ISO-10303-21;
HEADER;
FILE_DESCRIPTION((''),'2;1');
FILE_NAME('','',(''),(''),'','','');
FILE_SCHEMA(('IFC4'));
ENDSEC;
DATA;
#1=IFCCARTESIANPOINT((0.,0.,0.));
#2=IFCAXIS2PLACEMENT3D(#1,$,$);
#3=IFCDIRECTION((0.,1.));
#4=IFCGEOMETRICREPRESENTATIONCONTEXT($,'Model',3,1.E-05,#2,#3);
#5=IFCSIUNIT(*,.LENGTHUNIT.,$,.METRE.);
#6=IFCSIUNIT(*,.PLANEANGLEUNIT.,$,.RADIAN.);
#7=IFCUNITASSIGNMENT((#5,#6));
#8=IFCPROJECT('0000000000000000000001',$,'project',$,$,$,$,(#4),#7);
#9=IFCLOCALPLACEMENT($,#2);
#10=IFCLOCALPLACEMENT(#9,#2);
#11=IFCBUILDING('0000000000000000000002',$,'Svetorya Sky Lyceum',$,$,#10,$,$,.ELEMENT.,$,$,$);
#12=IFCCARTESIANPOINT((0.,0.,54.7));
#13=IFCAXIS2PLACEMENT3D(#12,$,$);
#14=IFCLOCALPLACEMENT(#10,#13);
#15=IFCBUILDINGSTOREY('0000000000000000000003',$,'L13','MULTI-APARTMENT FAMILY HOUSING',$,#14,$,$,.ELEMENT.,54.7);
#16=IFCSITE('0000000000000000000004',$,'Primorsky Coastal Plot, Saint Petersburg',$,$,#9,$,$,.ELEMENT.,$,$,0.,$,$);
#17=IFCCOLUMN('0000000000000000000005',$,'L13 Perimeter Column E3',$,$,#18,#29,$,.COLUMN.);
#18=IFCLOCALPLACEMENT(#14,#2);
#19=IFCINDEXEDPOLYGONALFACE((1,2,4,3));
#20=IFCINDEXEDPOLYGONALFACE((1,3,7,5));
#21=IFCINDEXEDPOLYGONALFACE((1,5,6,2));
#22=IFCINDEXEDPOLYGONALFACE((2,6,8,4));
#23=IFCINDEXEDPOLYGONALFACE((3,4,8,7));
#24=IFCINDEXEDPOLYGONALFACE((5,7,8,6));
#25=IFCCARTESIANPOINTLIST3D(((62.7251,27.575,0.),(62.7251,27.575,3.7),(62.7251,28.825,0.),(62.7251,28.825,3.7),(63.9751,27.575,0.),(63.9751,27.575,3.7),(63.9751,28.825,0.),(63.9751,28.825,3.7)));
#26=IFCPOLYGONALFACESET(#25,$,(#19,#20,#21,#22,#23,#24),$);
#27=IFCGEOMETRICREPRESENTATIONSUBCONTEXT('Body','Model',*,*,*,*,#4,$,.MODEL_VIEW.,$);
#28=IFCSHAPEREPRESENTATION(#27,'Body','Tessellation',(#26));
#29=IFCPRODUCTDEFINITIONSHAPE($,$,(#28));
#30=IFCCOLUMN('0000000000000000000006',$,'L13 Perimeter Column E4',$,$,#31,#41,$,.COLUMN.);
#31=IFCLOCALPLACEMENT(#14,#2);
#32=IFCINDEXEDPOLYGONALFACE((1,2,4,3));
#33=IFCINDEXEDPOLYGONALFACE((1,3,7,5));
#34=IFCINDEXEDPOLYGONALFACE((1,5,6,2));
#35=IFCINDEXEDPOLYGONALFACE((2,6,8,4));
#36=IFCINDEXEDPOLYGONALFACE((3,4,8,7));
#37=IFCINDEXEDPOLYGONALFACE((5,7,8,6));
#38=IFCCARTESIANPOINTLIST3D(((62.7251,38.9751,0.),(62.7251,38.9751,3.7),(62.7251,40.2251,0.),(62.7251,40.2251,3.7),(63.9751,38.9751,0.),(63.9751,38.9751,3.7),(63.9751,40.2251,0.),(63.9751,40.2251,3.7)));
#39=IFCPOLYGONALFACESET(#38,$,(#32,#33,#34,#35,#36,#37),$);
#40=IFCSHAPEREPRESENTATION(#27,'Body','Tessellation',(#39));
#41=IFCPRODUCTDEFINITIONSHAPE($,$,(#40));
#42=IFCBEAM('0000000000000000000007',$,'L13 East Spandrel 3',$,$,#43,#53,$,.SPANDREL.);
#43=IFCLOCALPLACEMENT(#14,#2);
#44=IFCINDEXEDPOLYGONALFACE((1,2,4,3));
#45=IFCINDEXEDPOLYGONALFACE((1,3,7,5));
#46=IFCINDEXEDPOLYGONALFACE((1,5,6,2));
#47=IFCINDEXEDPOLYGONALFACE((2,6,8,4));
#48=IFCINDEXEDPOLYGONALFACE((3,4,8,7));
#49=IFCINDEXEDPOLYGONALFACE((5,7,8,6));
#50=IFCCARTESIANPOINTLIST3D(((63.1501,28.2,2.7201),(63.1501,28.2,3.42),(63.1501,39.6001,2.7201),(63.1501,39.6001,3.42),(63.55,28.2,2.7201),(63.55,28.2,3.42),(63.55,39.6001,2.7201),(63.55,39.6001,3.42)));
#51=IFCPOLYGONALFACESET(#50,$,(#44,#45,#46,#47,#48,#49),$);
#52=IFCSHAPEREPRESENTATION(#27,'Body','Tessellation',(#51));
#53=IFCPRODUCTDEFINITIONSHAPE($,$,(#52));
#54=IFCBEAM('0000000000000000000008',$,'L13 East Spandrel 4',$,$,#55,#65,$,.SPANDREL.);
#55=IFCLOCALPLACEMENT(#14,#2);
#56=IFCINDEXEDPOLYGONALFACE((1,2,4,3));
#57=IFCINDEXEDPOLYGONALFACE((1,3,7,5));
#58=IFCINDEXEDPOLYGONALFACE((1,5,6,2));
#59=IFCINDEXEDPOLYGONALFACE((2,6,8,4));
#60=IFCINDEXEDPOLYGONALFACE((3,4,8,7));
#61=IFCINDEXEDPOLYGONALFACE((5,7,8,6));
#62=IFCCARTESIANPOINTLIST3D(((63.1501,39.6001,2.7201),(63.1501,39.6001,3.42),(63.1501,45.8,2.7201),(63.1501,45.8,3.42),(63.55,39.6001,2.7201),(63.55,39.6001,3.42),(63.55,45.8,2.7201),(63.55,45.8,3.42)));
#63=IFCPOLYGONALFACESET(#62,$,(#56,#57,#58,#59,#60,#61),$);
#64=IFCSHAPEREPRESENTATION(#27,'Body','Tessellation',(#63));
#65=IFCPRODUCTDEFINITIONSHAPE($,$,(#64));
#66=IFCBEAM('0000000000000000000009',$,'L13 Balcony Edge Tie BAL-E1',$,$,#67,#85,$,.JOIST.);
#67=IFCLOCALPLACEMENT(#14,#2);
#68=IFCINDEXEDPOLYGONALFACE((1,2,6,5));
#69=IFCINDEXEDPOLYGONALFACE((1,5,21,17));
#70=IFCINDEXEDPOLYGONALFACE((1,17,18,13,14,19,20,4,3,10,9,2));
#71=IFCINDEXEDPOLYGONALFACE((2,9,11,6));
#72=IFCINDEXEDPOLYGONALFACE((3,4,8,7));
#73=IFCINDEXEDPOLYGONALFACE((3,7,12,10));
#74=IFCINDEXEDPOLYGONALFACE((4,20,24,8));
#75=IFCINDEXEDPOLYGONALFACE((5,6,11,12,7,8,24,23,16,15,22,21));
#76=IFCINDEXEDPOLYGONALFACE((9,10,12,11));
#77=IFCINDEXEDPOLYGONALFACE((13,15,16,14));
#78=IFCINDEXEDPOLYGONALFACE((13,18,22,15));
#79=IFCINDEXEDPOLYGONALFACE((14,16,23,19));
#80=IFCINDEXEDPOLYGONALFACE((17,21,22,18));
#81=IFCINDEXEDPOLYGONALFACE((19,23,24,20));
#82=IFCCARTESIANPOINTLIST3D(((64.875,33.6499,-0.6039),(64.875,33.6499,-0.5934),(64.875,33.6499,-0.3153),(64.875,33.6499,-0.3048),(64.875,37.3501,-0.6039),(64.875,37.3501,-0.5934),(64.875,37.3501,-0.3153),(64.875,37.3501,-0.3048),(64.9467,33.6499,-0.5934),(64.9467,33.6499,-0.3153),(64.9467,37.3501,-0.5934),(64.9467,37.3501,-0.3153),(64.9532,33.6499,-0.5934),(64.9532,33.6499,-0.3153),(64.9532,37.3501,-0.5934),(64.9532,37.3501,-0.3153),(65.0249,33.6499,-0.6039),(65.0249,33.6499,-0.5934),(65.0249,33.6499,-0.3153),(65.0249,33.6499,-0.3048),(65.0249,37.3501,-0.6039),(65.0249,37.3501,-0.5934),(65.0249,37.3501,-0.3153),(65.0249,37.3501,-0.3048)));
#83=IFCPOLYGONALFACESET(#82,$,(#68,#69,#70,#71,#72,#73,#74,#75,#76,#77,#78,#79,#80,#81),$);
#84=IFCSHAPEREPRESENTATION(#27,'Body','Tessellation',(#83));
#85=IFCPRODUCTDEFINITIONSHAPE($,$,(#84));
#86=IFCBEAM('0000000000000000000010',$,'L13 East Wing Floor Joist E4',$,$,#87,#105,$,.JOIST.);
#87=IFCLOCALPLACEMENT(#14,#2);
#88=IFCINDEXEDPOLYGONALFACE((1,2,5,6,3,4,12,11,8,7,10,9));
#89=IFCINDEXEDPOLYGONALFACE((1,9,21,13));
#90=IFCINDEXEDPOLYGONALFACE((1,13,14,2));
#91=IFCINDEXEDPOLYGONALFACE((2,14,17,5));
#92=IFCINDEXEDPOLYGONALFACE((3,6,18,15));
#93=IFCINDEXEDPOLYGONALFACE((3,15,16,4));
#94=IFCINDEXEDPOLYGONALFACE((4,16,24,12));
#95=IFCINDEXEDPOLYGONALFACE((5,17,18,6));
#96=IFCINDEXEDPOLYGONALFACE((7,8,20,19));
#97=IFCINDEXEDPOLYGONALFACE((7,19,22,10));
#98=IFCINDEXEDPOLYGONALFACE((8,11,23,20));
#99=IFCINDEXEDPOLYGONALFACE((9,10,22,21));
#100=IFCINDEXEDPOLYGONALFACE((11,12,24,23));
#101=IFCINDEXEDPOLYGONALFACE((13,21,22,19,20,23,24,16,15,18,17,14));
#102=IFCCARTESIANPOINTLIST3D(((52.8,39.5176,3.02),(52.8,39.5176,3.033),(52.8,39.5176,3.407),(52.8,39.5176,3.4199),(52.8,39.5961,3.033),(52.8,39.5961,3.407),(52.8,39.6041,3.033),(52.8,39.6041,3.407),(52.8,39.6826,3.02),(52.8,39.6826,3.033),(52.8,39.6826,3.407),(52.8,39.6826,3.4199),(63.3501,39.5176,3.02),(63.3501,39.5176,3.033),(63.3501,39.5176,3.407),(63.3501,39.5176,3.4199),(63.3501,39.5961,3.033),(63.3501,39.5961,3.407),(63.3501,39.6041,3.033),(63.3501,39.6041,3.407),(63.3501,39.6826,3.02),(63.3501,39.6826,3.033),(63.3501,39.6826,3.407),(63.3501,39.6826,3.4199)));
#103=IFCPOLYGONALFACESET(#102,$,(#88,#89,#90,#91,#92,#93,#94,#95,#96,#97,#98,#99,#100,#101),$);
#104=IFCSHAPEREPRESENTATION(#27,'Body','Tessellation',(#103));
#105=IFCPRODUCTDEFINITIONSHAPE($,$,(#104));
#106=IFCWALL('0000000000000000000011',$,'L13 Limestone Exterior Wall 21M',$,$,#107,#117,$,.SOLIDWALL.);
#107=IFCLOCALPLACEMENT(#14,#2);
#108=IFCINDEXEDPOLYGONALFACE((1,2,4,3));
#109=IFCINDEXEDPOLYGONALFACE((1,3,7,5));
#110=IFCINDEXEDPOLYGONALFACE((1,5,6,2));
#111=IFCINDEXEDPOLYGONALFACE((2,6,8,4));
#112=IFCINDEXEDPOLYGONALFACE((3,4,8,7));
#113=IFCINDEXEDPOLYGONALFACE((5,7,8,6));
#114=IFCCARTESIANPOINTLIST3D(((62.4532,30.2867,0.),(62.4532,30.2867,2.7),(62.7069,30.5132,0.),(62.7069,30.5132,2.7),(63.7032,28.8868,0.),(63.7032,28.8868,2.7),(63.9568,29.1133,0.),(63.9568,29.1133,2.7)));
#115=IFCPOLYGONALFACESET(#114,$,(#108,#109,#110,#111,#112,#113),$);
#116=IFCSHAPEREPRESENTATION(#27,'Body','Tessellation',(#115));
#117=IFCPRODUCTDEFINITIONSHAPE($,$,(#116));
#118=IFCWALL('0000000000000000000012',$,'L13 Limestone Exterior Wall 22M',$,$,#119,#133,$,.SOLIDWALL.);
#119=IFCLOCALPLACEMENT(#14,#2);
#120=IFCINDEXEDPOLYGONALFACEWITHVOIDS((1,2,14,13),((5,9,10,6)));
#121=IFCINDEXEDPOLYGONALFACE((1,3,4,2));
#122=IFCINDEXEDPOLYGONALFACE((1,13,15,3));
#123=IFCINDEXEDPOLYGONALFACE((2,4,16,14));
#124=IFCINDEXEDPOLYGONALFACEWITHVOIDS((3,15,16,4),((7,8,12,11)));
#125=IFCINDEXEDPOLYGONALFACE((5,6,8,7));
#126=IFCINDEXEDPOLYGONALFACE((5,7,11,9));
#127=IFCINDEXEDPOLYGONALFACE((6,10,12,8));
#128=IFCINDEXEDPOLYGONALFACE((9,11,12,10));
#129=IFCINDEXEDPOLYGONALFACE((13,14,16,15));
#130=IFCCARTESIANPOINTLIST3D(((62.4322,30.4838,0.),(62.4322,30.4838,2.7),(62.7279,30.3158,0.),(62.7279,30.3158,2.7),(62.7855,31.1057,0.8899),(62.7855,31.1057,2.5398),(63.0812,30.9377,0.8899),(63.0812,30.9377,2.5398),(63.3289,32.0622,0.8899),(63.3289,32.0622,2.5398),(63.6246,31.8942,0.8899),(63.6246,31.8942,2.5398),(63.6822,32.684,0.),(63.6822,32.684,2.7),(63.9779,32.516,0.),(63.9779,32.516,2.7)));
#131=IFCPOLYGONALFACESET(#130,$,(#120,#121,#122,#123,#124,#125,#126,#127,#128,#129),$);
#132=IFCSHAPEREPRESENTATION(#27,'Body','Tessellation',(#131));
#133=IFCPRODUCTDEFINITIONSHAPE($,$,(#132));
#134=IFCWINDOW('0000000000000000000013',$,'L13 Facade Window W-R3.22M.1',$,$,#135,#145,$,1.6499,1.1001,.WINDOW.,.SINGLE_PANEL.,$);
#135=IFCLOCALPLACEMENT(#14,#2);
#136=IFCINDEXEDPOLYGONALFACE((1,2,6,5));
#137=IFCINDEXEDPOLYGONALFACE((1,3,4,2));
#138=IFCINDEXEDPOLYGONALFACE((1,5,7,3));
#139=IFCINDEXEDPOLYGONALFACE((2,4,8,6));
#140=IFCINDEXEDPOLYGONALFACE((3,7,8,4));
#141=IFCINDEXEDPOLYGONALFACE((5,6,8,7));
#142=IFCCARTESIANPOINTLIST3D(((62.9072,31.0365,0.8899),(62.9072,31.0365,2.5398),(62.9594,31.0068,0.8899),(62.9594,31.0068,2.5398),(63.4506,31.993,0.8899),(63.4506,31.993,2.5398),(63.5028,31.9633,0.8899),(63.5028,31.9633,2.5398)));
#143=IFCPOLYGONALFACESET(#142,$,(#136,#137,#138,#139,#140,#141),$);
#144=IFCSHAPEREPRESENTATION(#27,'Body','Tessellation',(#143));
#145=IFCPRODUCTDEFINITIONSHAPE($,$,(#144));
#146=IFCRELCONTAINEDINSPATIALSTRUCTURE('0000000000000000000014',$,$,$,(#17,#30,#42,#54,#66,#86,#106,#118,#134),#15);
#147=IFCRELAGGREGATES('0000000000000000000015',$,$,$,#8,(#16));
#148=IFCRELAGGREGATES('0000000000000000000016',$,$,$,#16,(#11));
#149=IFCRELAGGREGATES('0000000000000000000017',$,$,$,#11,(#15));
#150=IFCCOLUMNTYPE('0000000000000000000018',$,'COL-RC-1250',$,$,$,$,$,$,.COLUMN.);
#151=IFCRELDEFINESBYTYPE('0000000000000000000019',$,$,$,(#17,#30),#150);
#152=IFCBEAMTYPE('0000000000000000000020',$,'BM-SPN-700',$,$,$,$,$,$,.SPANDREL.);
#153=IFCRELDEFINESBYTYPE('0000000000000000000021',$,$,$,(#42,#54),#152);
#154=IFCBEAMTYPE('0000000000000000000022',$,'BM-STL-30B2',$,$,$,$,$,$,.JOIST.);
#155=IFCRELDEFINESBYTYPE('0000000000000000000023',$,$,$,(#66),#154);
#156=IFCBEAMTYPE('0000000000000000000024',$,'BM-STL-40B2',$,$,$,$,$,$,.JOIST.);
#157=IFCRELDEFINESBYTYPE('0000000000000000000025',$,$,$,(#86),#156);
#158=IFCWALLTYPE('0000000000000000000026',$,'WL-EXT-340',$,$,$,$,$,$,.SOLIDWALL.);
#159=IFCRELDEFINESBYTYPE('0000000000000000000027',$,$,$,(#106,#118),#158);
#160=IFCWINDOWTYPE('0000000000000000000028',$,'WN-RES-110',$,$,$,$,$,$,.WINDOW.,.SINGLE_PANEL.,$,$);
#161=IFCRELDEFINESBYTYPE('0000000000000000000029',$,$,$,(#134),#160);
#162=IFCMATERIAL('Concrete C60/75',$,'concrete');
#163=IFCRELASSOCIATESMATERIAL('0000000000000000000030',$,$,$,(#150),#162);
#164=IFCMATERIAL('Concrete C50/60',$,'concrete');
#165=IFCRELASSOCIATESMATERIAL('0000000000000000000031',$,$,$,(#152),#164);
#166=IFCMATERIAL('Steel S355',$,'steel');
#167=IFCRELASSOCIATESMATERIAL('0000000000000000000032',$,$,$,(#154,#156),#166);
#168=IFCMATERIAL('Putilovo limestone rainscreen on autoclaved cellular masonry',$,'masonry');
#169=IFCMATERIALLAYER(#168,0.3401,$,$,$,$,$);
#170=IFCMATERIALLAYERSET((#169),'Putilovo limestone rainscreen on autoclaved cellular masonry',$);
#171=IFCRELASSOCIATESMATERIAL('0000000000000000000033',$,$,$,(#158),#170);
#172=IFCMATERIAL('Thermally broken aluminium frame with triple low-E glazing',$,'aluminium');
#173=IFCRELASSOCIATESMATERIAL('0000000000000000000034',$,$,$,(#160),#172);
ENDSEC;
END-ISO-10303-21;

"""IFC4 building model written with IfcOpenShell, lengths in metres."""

from ifc_helpers import new_model, si_unit, direction, frame, frame_2d, origin, origin_2d, place, context, subcontext, project, spatial, rectangle, i_section, extrude, material, layer, layer_set, material_profile, profile_set, type_object, element, fill, save


model = new_model("IFC4")

# Units and contexts
model_context = context("Model", 3, precision=1e-05, world=origin(), true_north=direction((0.0, 1.0)))
body_context = subcontext(model_context, "Body", "Model", "MODEL_VIEW")
ifc_project = project(units=[si_unit("LENGTHUNIT", "METRE"), si_unit("PLANEANGLEUNIT", "RADIAN")], contexts=[model_context])

# Site, building, storey
site_placement = place(None, origin())
site = spatial("IfcSite", under=ifc_project, at=site_placement, Name="Primorsky Coastal Plot, Saint Petersburg", CompositionType="ELEMENT", RefElevation=0.0)
building_placement = place(site_placement, origin())
building = spatial("IfcBuilding", under=site, at=building_placement, Name="Svetorya Sky Lyceum", CompositionType="ELEMENT")
storey_placement = place(building_placement, frame((0.0, 0.0, 54.7)))
storey = spatial("IfcBuildingStorey", under=building, at=storey_placement, Name="L13", Description="MULTI-APARTMENT FAMILY HOUSING", CompositionType="ELEMENT", Elevation=54.7)

# Columns
ifc_material_1 = material(Name="Concrete C60/75", Category="concrete")
ifc_material_profile_1 = material_profile(ifc_material_1, rectangle(XDim=1.25, YDim=1.25, at=origin_2d()), Name="RC COL 1250x1250")
ifc_profile_set_1 = profile_set([ifc_material_profile_1], Name="Concrete C60/75")
column_type = type_object("IfcColumnType", Name="COL-RC-1250", PredefinedType="COLUMN", material=ifc_profile_set_1)
for number, where, z_axis, x_axis, name in (
    (1, (63.3501, 28.2, 0.0), (0.0, 0.0, 1.0), (1.0, 0.0, 0.0), "L13 Perimeter Column E3"),
    (2, (63.3501, 39.6001, 0.0), (0.0, 0.0, 1.0), (1.0, 0.0, 0.0), "L13 Perimeter Column E4"),
):
    element("IfcColumn", number, at=place(storey_placement, frame(where, z_axis=z_axis, x_axis=x_axis)), inside=storey, type_object=column_type, Name=name, PredefinedType="COLUMN", context=body_context, shape_type="SweptSolid", body=[
        extrude(rectangle(XDim=1.25, YDim=1.25, at=origin_2d()), origin(), (0.0, 0.0, 1.0), 3.7),
    ])

# Beams
ifc_material_2 = material(Name="Concrete C50/60", Category="concrete")
ifc_material_profile_2 = material_profile(ifc_material_2, rectangle(XDim=0.3999, YDim=0.7, at=origin_2d()), Name="RC SPANDREL 400x700")
ifc_profile_set_2 = profile_set([ifc_material_profile_2], Name="Concrete C50/60")
beam_type_1 = type_object("IfcBeamType", Name="BM-SPN-700", PredefinedType="SPANDREL", material=ifc_profile_set_2)
beam_1_placement = place(storey_placement, frame((63.3501, 28.2, 3.0701), z_axis=(0.0, 1.0, 0.0), x_axis=(-1.0, 0.0, 0.0)))
element("IfcBeam", 3, at=beam_1_placement, inside=storey, type_object=beam_type_1, Name="L13 East Spandrel 3", PredefinedType="SPANDREL", context=body_context, shape_type="SweptSolid", body=[
    extrude(rectangle(XDim=0.3999, YDim=0.7, at=origin_2d()), origin(), (0.0, 0.0, 1.0), 11.4001),
])
beam_2_placement = place(storey_placement, frame((63.3501, 39.6001, 3.0701), z_axis=(0.0, 1.0, 0.0), x_axis=(-1.0, 0.0, 0.0)))
element("IfcBeam", 4, at=beam_2_placement, inside=storey, type_object=beam_type_1, Name="L13 East Spandrel 4", PredefinedType="SPANDREL", context=body_context, shape_type="SweptSolid", body=[
    extrude(rectangle(XDim=0.3999, YDim=0.7, at=origin_2d()), origin(), (0.0, 0.0, 1.0), 6.2),
])
ifc_material_3 = material(Name="Steel S355", Category="steel")
ifc_material_profile_3 = material_profile(ifc_material_3, i_section(OverallWidth=0.1499, OverallDepth=0.2991, WebThickness=0.0066, FlangeThickness=0.0105, at=origin_2d()), Name="GOST 30B2")
ifc_profile_set_3 = profile_set([ifc_material_profile_3], Name="Steel S355")
beam_type_2 = type_object("IfcBeamType", Name="BM-STL-30B2", PredefinedType="JOIST", material=ifc_profile_set_3)
beam_3_placement = place(storey_placement, frame((64.95, 33.6499, -0.4543), z_axis=(0.0, 1.0, 0.0), x_axis=(-1.0, 0.0, 0.0)))
element("IfcBeam", 5, at=beam_3_placement, inside=storey, type_object=beam_type_2, Name="L13 Balcony Edge Tie BAL-E1", PredefinedType="JOIST", context=body_context, shape_type="SweptSolid", body=[
    extrude(i_section(OverallWidth=0.1499, OverallDepth=0.2991, WebThickness=0.0066, FlangeThickness=0.0105, at=origin_2d()), origin(), (0.0, 0.0, 1.0), 3.7002),
])
ifc_material_profile_4 = material_profile(ifc_material_3, i_section(OverallWidth=0.165, OverallDepth=0.3999, WebThickness=0.0081, FlangeThickness=0.0129, at=origin_2d()), Name="GOST 40B2")
ifc_profile_set_4 = profile_set([ifc_material_profile_4], Name="Steel S355")
beam_type_3 = type_object("IfcBeamType", Name="BM-STL-40B2", PredefinedType="JOIST", material=ifc_profile_set_4)
beam_4_placement = place(storey_placement, frame((52.8, 39.6001, 3.22), z_axis=(1.0, 0.0, 0.0), x_axis=(0.0, 1.0, 0.0)))
element("IfcBeam", 6, at=beam_4_placement, inside=storey, type_object=beam_type_3, Name="L13 East Wing Floor Joist E4", PredefinedType="JOIST", context=body_context, shape_type="SweptSolid", body=[
    extrude(i_section(OverallWidth=0.165, OverallDepth=0.3999, WebThickness=0.0081, FlangeThickness=0.0129, at=origin_2d()), origin(), (0.0, 0.0, 1.0), 10.55),
])

# Wall
ifc_material_4 = material(Name="Putilovo limestone rainscreen on autoclaved cellular masonry", Category="masonry")
ifc_layer_1 = layer(ifc_material_4, 0.3401)
ifc_layer_set_1 = layer_set([ifc_layer_1], Name="Putilovo limestone rainscreen on autoclaved cellular masonry")
wall_type_1 = type_object("IfcWallType", Name="WL-EXT-340", PredefinedType="SOLIDWALL", material=ifc_layer_set_1)
wall_1_placement = place(storey_placement, frame((63.8301, 29.0, 0.0), z_axis=(0.0, 0.0, 1.0), x_axis=(-0.666042, 0.745915, 0.0)))
element("IfcWall", 7, at=wall_1_placement, inside=storey, type_object=wall_type_1, Name="L13 Limestone Exterior Wall 21M", PredefinedType="SOLIDWALL", context=body_context, shape_type="SweptSolid", body=[
    extrude(rectangle(XDim=1.8767, YDim=0.3401, at=frame_2d((0.9385, 0.0))), origin(), (0.0, 0.0, 1.0), 2.7),
])

# Wall, opening, window
wall_2_placement = place(storey_placement, frame((62.5801, 30.3999, 0.0), z_axis=(0.0, 0.0, 1.0), x_axis=(0.493976, 0.869475, 0.0)))
wall_2 = element("IfcWall", 8, at=wall_2_placement, inside=storey, type_object=wall_type_1, Name="L13 Limestone Exterior Wall 22M", PredefinedType="SOLIDWALL", context=body_context, shape_type="SweptSolid", body=[
    extrude(rectangle(XDim=2.5305, YDim=0.3401, at=frame_2d((1.2651, 0.0))), origin(), (0.0, 0.0, 1.0), 2.7),
])
opening_1_placement = place(wall_2_placement, frame((0.7151, 0.0, 0.8899)))
opening_1 = element("IfcOpeningElement", 9, at=opening_1_placement, cuts=wall_2, PredefinedType="OPENING", context=body_context, shape_type="SweptSolid", body=[
    extrude(rectangle(XDim=1.1001, YDim=1.6499, at=frame_2d((0.55, 0.825))), frame((0.0, 0.1799, 0.0), z_axis=(0.0, -1.0, 0.0), x_axis=(1.0, 0.0, 0.0)), (0.0, 0.0, 1.0), 0.3601),
])
ifc_material_5 = material(Name="Thermally broken aluminium frame with triple low-E glazing", Category="aluminium")
window_type_1 = type_object("IfcWindowType", Name="WN-RES-110", PartitioningType="SINGLE_PANEL", PredefinedType="WINDOW", material=ifc_material_5)
window_1_placement = place(opening_1_placement, origin())
window_1 = element("IfcWindow", 10, at=window_1_placement, inside=storey, type_object=window_type_1, Name="L13 Facade Window W-R3.22M.1", OverallHeight=1.6499, OverallWidth=1.1001, PartitioningType="SINGLE_PANEL", PredefinedType="WINDOW", context=body_context, shape_type="SweptSolid", body=[
    extrude(rectangle(XDim=1.1001, YDim=1.6499, at=frame_2d((0.55, 0.825))), frame((0.0, 0.03, 0.0), z_axis=(0.0, -1.0, 0.0), x_axis=(1.0, 0.0, 0.0)), (0.0, 0.0, 1.0), 0.0601),
])
fill(opening_1, window_1)

save(model, "model.ifc")
